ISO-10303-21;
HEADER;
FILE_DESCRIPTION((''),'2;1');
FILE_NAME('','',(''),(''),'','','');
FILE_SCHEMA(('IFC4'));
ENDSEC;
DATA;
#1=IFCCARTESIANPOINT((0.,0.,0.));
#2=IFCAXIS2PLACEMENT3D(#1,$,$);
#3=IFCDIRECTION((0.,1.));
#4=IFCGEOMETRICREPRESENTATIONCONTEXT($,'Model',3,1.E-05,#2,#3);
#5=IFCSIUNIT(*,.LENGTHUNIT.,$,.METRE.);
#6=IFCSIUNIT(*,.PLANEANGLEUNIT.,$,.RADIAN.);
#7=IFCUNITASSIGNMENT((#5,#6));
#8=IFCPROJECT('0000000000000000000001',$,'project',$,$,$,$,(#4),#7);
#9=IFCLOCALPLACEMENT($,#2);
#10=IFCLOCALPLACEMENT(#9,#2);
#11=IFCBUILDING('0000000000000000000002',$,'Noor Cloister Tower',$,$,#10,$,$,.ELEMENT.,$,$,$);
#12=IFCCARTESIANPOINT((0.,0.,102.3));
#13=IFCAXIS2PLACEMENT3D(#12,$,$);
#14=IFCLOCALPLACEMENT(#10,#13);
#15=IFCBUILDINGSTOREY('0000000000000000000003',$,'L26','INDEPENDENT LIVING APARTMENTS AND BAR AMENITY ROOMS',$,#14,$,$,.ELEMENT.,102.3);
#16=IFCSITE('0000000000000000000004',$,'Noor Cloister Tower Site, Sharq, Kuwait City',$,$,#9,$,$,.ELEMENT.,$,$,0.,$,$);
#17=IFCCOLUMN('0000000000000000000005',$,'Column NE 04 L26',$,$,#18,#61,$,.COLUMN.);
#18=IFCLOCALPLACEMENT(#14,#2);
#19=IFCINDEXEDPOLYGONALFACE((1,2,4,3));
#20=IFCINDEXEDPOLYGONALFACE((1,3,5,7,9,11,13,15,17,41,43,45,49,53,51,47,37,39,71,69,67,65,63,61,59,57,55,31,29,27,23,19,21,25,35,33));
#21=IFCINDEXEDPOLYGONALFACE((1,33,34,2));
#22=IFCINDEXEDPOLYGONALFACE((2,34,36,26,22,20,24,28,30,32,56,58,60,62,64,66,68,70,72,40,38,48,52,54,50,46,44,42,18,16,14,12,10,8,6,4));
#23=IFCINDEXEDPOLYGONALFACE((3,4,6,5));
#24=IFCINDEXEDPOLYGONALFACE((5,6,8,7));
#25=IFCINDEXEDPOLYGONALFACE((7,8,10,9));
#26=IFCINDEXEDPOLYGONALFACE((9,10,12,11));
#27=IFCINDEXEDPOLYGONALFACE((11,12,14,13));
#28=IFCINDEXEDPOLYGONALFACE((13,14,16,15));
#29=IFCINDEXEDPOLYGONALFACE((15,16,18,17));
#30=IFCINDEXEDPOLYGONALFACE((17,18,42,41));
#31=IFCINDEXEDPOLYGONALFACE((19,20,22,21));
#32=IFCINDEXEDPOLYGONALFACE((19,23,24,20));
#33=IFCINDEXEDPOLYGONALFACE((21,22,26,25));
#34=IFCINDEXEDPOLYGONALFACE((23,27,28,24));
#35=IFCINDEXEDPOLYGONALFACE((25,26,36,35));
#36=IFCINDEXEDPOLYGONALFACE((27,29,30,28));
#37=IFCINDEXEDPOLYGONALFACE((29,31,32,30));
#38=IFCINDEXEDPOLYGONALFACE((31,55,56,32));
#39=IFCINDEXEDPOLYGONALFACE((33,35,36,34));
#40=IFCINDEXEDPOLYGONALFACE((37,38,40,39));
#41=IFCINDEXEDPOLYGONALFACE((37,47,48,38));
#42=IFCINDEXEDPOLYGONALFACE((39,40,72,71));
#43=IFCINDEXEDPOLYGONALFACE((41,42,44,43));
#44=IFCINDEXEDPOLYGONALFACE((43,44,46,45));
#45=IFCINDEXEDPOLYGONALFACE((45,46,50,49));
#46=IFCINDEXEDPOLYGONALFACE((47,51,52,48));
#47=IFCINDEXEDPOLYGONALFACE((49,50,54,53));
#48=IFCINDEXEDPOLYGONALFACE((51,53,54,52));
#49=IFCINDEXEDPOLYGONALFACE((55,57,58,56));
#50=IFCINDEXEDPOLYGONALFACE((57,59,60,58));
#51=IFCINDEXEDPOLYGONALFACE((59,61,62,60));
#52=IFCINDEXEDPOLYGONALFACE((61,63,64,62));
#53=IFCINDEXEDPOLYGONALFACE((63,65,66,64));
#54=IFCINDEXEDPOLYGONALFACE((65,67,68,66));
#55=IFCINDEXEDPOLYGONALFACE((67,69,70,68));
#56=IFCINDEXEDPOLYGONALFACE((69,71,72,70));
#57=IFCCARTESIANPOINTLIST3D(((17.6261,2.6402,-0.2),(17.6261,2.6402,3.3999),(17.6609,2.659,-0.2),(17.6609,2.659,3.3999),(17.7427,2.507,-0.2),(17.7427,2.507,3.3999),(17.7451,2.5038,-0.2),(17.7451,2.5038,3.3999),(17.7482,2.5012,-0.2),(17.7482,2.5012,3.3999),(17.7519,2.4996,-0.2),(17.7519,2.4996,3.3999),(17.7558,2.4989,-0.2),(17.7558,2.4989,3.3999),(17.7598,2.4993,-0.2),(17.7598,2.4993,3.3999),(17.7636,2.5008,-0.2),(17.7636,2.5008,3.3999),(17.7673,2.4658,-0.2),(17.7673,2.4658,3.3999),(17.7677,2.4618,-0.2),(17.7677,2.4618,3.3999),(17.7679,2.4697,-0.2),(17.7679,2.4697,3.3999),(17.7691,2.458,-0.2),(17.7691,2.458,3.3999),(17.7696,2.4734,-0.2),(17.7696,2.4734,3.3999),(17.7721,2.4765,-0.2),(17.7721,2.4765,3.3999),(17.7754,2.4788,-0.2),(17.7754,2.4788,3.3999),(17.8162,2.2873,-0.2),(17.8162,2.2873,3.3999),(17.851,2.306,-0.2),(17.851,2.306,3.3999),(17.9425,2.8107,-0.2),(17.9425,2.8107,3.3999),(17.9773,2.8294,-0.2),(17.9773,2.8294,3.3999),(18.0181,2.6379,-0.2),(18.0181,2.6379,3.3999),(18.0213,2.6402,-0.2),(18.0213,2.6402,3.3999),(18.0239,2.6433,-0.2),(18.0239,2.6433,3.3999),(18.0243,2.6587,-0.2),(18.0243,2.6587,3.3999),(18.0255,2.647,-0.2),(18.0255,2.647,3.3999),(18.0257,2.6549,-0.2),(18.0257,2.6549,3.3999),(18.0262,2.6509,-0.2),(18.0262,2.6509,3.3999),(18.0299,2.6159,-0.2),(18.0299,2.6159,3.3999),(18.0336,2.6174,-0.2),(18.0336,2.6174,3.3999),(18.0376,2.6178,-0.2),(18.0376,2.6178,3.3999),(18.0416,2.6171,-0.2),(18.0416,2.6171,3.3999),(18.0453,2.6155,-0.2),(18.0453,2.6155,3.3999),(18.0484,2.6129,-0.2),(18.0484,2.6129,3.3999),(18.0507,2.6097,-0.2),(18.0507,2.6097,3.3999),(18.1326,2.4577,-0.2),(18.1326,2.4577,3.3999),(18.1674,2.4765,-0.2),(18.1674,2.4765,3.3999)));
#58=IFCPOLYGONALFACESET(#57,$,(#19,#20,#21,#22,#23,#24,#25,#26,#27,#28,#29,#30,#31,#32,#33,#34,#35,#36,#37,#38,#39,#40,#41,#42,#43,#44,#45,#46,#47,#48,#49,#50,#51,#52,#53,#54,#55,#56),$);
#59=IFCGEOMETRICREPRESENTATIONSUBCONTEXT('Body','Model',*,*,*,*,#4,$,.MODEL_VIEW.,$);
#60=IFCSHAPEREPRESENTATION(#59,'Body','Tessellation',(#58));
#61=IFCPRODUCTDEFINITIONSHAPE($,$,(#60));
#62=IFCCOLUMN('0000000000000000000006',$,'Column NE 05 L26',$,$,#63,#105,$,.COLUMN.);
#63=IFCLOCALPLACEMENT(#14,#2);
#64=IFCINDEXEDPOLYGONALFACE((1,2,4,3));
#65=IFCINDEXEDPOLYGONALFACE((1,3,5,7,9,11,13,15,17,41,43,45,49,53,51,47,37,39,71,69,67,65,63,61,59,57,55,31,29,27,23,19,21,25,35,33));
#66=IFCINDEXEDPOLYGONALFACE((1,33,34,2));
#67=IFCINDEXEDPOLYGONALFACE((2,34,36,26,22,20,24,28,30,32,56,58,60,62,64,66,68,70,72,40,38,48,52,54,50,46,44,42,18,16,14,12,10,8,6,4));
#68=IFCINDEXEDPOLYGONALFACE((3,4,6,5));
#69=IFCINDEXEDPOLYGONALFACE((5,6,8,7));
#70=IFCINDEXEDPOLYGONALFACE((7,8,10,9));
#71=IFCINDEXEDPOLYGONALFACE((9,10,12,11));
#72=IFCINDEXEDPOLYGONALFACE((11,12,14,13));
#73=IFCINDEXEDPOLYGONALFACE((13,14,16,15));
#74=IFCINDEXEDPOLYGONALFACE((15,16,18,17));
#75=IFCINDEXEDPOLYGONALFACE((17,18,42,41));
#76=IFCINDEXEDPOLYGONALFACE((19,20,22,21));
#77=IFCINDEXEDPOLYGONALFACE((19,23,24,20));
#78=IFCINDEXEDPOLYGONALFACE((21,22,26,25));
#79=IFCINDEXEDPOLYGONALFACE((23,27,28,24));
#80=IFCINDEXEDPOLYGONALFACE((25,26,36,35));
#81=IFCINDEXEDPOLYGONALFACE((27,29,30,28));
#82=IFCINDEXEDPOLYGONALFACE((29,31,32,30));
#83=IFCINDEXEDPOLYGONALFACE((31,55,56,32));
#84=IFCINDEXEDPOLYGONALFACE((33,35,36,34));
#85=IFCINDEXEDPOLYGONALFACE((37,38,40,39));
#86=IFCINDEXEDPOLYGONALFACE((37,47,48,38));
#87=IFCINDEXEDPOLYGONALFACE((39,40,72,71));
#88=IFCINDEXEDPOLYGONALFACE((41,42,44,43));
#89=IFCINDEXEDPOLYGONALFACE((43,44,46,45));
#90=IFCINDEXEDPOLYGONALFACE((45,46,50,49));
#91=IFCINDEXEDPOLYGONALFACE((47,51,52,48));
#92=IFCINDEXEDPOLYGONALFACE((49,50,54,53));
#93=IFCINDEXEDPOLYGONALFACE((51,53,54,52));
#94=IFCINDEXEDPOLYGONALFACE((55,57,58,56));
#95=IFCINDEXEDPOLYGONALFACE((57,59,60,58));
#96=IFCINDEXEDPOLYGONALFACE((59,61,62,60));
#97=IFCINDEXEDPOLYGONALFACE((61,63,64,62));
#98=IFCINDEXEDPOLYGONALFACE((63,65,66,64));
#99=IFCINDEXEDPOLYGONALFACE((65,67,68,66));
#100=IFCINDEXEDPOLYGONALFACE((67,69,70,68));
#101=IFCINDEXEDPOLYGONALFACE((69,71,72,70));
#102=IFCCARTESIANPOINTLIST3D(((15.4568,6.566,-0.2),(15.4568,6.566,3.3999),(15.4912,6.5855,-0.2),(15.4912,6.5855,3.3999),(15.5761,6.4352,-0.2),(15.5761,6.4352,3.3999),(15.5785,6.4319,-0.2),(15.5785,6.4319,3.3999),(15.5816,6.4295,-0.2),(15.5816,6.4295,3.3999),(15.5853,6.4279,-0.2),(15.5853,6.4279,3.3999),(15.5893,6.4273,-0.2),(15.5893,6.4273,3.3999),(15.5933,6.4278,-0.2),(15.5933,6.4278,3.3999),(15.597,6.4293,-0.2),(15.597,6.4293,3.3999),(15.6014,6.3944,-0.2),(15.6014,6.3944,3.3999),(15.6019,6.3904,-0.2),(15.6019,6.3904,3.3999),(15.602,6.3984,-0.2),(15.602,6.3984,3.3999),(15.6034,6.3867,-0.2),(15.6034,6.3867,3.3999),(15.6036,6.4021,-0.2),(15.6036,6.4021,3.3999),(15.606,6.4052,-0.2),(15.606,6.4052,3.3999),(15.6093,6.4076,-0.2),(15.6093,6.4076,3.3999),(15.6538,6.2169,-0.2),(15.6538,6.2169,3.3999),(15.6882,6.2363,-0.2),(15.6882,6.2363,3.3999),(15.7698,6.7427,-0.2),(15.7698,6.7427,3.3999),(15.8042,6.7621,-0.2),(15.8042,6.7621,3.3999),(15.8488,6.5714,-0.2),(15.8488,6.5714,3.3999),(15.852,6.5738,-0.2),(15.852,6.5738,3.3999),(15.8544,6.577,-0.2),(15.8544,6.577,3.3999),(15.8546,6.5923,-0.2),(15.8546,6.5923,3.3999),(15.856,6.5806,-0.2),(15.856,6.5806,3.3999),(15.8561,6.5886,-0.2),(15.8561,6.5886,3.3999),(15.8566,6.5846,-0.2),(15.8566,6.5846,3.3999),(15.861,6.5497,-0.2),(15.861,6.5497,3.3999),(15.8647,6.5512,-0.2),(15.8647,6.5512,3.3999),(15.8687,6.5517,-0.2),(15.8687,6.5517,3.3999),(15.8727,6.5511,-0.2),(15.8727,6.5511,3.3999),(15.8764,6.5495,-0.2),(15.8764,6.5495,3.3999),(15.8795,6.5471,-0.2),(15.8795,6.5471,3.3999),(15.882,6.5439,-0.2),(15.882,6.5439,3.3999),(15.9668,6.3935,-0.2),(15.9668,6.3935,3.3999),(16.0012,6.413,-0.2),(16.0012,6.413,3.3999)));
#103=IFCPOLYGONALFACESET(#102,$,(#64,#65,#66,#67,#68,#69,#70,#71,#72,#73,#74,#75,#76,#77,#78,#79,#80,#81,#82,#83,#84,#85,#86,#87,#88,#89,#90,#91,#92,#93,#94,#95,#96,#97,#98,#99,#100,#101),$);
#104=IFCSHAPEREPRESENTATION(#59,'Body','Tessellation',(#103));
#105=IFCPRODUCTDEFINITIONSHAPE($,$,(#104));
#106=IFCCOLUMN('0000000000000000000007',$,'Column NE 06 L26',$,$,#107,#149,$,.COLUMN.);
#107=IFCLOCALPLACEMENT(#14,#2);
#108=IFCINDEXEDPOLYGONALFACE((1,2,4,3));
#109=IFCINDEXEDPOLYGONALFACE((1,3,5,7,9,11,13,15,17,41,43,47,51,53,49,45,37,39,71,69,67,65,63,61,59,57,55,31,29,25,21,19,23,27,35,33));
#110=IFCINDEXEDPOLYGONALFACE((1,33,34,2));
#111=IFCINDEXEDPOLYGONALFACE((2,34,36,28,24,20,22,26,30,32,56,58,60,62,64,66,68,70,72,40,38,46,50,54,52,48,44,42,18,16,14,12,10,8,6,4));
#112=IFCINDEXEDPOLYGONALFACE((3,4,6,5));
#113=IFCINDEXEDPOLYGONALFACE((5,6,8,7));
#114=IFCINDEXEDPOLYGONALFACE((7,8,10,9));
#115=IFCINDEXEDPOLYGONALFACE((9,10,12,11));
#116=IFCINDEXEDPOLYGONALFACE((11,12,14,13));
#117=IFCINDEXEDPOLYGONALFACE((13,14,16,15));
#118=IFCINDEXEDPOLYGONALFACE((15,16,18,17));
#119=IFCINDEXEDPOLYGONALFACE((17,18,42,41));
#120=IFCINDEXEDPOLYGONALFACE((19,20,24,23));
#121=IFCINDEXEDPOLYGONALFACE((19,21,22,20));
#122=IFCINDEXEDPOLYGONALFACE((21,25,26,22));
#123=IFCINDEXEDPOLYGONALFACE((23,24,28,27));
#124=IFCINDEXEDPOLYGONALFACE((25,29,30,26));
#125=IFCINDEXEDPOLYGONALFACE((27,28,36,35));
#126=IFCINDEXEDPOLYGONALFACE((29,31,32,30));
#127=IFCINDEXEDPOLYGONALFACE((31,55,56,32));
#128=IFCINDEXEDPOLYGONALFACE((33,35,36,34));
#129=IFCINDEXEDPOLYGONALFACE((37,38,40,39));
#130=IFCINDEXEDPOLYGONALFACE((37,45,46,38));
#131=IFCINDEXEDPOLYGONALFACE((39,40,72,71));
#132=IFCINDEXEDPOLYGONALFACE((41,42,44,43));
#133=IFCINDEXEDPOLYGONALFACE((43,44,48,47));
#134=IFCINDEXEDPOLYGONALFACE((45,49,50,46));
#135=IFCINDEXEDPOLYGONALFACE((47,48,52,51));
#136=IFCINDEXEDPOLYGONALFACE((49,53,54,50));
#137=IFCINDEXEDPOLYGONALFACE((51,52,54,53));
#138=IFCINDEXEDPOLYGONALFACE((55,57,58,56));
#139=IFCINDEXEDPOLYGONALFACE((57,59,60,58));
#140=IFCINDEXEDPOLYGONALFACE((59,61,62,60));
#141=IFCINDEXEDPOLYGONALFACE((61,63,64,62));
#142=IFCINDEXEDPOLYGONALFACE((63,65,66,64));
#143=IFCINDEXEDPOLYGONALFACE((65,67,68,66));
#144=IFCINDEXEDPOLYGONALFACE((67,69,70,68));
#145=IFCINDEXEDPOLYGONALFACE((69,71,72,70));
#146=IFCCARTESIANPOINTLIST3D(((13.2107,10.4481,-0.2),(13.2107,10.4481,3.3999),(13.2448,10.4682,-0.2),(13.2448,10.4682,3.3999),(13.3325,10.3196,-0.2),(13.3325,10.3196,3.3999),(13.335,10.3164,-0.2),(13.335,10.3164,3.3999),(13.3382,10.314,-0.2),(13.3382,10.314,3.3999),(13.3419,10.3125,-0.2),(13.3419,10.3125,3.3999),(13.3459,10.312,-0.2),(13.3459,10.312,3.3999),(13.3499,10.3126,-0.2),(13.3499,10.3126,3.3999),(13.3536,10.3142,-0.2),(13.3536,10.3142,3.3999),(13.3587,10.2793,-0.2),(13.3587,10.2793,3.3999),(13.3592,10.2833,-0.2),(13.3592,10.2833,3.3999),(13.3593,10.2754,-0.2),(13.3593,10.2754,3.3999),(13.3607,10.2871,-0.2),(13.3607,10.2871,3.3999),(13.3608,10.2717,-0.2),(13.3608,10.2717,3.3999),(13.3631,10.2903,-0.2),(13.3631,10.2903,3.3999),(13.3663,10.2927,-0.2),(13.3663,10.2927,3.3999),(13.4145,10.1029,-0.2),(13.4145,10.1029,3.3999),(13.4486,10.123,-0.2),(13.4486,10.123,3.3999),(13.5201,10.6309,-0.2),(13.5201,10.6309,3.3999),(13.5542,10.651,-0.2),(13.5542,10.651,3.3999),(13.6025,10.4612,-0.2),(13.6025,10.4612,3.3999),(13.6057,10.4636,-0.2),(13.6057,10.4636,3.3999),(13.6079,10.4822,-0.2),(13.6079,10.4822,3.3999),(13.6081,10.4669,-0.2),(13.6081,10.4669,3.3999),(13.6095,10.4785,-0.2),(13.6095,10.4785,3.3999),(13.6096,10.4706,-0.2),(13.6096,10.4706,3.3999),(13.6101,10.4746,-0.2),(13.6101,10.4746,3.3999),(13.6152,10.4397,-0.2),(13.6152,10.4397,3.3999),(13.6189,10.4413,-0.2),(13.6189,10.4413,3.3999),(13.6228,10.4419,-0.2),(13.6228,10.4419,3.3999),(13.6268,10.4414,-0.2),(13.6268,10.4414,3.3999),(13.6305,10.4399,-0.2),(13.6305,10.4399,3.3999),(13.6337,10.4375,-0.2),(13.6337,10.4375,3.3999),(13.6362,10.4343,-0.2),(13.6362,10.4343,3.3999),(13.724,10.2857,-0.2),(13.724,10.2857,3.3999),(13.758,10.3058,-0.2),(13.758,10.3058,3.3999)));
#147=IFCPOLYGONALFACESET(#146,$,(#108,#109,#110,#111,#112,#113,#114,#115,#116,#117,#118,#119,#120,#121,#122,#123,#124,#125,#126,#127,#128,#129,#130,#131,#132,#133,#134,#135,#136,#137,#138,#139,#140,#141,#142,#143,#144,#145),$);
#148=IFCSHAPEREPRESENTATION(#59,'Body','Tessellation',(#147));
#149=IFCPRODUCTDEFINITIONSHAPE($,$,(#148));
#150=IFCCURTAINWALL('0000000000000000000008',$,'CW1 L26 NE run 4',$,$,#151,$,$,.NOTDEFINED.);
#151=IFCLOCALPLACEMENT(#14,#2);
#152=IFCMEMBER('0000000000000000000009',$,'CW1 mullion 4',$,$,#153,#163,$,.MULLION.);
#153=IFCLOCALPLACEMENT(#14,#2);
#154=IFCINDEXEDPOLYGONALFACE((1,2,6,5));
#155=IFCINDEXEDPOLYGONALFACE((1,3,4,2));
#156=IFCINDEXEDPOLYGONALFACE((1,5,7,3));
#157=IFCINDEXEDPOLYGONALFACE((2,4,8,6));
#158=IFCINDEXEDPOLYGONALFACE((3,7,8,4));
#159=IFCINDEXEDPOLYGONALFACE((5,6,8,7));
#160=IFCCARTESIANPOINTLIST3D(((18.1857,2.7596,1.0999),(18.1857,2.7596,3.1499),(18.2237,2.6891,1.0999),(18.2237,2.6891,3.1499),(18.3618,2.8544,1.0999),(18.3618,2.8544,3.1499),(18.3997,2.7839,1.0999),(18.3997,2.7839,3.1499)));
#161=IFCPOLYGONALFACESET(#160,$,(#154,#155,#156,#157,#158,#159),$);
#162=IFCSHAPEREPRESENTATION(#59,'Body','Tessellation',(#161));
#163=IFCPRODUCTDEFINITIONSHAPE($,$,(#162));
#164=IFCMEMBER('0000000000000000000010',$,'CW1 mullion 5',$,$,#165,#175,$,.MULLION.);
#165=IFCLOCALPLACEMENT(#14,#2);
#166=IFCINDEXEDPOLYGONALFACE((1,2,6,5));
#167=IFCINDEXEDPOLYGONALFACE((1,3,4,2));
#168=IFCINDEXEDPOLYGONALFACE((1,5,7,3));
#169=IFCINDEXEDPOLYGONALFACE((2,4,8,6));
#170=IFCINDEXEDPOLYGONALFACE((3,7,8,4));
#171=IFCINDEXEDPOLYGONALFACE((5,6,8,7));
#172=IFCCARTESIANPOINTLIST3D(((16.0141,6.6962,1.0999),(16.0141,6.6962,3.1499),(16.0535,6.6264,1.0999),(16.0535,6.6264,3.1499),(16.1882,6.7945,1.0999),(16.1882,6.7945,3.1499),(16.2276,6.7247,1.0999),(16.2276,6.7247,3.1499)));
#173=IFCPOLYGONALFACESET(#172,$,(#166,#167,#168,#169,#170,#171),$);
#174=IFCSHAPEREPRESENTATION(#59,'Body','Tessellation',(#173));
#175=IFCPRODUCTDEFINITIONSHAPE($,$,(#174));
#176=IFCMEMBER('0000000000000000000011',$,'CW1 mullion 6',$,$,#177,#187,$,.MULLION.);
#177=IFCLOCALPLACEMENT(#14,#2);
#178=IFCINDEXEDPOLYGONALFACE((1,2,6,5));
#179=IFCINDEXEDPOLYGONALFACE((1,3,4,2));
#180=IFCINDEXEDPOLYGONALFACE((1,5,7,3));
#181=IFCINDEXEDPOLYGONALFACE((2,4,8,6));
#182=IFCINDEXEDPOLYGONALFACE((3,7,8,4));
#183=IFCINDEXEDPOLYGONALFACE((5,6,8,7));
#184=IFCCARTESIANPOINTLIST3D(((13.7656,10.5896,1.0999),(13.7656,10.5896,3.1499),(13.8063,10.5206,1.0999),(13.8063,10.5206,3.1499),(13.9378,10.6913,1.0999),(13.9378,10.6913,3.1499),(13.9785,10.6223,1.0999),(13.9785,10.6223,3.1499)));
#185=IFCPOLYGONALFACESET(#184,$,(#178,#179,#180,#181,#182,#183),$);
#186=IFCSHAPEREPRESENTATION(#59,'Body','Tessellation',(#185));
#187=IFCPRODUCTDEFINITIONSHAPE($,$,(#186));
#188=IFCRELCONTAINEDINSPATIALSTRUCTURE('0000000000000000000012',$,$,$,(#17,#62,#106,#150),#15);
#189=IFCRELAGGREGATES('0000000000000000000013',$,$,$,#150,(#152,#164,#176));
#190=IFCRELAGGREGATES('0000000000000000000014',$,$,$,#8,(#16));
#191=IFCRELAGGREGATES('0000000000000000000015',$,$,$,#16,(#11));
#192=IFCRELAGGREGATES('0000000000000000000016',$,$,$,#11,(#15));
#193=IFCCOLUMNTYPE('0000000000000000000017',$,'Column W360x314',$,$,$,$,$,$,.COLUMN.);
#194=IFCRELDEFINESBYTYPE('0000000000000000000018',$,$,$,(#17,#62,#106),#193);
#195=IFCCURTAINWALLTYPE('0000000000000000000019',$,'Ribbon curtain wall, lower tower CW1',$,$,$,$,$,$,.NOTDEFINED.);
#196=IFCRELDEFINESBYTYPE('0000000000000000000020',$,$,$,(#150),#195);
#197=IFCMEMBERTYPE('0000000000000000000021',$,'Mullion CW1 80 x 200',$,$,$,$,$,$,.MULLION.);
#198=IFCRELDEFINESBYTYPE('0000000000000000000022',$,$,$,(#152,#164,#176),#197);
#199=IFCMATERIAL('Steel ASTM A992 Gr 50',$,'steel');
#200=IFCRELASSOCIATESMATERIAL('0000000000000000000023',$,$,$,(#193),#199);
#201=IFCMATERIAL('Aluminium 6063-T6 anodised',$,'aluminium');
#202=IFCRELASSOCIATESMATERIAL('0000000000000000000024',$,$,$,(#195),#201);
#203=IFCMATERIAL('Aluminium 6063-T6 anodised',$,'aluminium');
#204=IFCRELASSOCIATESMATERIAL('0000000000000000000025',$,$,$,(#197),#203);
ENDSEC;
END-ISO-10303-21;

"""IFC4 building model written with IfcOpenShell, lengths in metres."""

from ifc_helpers import new_model, si_unit, direction, frame, origin, origin_2d, place, context, subcontext, project, spatial, rectangle, i_section, extrude, material, material_profile, profile_set, type_object, element, aggregate, save


model = new_model("IFC4")

# Units and contexts
model_context = context("Model", 3, precision=1e-05, world=origin(), true_north=direction((0.0, 1.0)))
body_context = subcontext(model_context, "Body", "Model", "MODEL_VIEW")
ifc_project = project(units=[si_unit("LENGTHUNIT", "METRE"), si_unit("PLANEANGLEUNIT", "RADIAN")], contexts=[model_context])

# Site, building, storey
site_placement = place(None, origin())
site = spatial("IfcSite", under=ifc_project, at=site_placement, Name="Noor Cloister Tower Site, Sharq, Kuwait City", CompositionType="ELEMENT", RefElevation=0.0)
building_placement = place(site_placement, origin())
building = spatial("IfcBuilding", under=site, at=building_placement, Name="Noor Cloister Tower", CompositionType="ELEMENT")
storey_placement = place(building_placement, frame((0.0, 0.0, 102.3)))
storey = spatial("IfcBuildingStorey", under=building, at=storey_placement, Name="L26", Description="INDEPENDENT LIVING APARTMENTS AND BAR AMENITY ROOMS", CompositionType="ELEMENT", Elevation=102.3)

# Columns
ifc_material_1 = material(Name="Steel ASTM A992 Gr 50", Category="steel")
ifc_material_profile_1 = material_profile(ifc_material_1, i_section(OverallWidth=0.4009, OverallDepth=0.3989, WebThickness=0.0249, FlangeThickness=0.0396, FilletRadius=0.0154, at=origin_2d()), Name="W360x314")
ifc_profile_set_1 = profile_set([ifc_material_profile_1], Name="Steel ASTM A992 Gr 50")
column_type = type_object("IfcColumnType", Name="Column W360x314", PredefinedType="COLUMN", material=ifc_profile_set_1)
for number, where, z_axis, x_axis, name in (
    (1, (17.8967, 2.5583, -0.2), (0.0, 0.0, 1.0), (-0.474216, 0.880408, 0.0), "Column NE 04 L26"),
    (2, (15.729, 6.4895, -0.2), (0.0, 0.0, 1.0), (-0.491453, 0.870904, 0.0), "Column NE 05 L26"),
    (3, (13.4844, 10.377, -0.2), (0.0, 0.0, 1.0), (-0.508499, 0.861063, 0.0), "Column NE 06 L26"),
):
    element("IfcColumn", number, at=place(storey_placement, frame(where, z_axis=z_axis, x_axis=x_axis)), inside=storey, type_object=column_type, Name=name, PredefinedType="COLUMN", context=body_context, shape_type="SweptSolid", body=[
        extrude(i_section(OverallWidth=0.4009, OverallDepth=0.3989, WebThickness=0.0249, FlangeThickness=0.0396, FilletRadius=0.0154, at=origin_2d()), origin(), (0.0, 0.0, 1.0), 3.5999),
    ])

# Curtain wall, members
ifc_material_2 = material(Name="Aluminium 6063-T6 anodised", Category="aluminium")
curtain_wall_type = type_object("IfcCurtainWallType", Name="Ribbon curtain wall, lower tower CW1", PredefinedType="NOTDEFINED", material=ifc_material_2)
curtain_wall_placement = place(storey_placement, origin())
curtain_wall = element("IfcCurtainWall", 4, at=curtain_wall_placement, inside=storey, type_object=curtain_wall_type, Name="CW1 L26 NE run 4", PredefinedType="NOTDEFINED")
ifc_material_3 = material(Name="Aluminium 6063-T6 anodised", Category="aluminium")
ifc_material_profile_2 = material_profile(ifc_material_3, rectangle(XDim=0.2, YDim=0.0801, at=origin_2d()), Name="200 x 80 mullion")
ifc_profile_set_2 = profile_set([ifc_material_profile_2], Name="Aluminium 6063-T6 anodised")
member_type = type_object("IfcMemberType", Name="Mullion CW1 80 x 200", PredefinedType="MULLION", material=ifc_profile_set_2)
member_1_placement = place(storey_placement, frame((18.2927, 2.7717, 1.0999), z_axis=(0.0, 0.0, 1.0), x_axis=(-0.880408, -0.474216, 0.0)))
member_1 = element("IfcMember", 5, at=member_1_placement, type_object=member_type, Name="CW1 mullion 4", PredefinedType="MULLION", context=body_context, shape_type="SweptSolid", body=[
    extrude(rectangle(XDim=0.2, YDim=0.0801, at=origin_2d()), origin(), (0.0, 0.0, 1.0), 2.05),
])
member_2_placement = place(storey_placement, frame((16.1208, 6.7104, 1.0999), z_axis=(0.0, 0.0, 1.0), x_axis=(-0.870904, -0.491453, 0.0)))
member_2 = element("IfcMember", 6, at=member_2_placement, type_object=member_type, Name="CW1 mullion 5", PredefinedType="MULLION", context=body_context, shape_type="SweptSolid", body=[
    extrude(rectangle(XDim=0.2, YDim=0.0801, at=origin_2d()), origin(), (0.0, 0.0, 1.0), 2.05),
])
member_3_placement = place(storey_placement, frame((13.8721, 10.606, 1.0999), z_axis=(0.0, 0.0, 1.0), x_axis=(-0.861063, -0.508499, 0.0)))
member_3 = element("IfcMember", 7, at=member_3_placement, type_object=member_type, Name="CW1 mullion 6", PredefinedType="MULLION", context=body_context, shape_type="SweptSolid", body=[
    extrude(rectangle(XDim=0.2, YDim=0.0801, at=origin_2d()), origin(), (0.0, 0.0, 1.0), 2.05),
])

aggregate(curtain_wall, [member_1, member_2, member_3])

save(model, "model.ifc")
